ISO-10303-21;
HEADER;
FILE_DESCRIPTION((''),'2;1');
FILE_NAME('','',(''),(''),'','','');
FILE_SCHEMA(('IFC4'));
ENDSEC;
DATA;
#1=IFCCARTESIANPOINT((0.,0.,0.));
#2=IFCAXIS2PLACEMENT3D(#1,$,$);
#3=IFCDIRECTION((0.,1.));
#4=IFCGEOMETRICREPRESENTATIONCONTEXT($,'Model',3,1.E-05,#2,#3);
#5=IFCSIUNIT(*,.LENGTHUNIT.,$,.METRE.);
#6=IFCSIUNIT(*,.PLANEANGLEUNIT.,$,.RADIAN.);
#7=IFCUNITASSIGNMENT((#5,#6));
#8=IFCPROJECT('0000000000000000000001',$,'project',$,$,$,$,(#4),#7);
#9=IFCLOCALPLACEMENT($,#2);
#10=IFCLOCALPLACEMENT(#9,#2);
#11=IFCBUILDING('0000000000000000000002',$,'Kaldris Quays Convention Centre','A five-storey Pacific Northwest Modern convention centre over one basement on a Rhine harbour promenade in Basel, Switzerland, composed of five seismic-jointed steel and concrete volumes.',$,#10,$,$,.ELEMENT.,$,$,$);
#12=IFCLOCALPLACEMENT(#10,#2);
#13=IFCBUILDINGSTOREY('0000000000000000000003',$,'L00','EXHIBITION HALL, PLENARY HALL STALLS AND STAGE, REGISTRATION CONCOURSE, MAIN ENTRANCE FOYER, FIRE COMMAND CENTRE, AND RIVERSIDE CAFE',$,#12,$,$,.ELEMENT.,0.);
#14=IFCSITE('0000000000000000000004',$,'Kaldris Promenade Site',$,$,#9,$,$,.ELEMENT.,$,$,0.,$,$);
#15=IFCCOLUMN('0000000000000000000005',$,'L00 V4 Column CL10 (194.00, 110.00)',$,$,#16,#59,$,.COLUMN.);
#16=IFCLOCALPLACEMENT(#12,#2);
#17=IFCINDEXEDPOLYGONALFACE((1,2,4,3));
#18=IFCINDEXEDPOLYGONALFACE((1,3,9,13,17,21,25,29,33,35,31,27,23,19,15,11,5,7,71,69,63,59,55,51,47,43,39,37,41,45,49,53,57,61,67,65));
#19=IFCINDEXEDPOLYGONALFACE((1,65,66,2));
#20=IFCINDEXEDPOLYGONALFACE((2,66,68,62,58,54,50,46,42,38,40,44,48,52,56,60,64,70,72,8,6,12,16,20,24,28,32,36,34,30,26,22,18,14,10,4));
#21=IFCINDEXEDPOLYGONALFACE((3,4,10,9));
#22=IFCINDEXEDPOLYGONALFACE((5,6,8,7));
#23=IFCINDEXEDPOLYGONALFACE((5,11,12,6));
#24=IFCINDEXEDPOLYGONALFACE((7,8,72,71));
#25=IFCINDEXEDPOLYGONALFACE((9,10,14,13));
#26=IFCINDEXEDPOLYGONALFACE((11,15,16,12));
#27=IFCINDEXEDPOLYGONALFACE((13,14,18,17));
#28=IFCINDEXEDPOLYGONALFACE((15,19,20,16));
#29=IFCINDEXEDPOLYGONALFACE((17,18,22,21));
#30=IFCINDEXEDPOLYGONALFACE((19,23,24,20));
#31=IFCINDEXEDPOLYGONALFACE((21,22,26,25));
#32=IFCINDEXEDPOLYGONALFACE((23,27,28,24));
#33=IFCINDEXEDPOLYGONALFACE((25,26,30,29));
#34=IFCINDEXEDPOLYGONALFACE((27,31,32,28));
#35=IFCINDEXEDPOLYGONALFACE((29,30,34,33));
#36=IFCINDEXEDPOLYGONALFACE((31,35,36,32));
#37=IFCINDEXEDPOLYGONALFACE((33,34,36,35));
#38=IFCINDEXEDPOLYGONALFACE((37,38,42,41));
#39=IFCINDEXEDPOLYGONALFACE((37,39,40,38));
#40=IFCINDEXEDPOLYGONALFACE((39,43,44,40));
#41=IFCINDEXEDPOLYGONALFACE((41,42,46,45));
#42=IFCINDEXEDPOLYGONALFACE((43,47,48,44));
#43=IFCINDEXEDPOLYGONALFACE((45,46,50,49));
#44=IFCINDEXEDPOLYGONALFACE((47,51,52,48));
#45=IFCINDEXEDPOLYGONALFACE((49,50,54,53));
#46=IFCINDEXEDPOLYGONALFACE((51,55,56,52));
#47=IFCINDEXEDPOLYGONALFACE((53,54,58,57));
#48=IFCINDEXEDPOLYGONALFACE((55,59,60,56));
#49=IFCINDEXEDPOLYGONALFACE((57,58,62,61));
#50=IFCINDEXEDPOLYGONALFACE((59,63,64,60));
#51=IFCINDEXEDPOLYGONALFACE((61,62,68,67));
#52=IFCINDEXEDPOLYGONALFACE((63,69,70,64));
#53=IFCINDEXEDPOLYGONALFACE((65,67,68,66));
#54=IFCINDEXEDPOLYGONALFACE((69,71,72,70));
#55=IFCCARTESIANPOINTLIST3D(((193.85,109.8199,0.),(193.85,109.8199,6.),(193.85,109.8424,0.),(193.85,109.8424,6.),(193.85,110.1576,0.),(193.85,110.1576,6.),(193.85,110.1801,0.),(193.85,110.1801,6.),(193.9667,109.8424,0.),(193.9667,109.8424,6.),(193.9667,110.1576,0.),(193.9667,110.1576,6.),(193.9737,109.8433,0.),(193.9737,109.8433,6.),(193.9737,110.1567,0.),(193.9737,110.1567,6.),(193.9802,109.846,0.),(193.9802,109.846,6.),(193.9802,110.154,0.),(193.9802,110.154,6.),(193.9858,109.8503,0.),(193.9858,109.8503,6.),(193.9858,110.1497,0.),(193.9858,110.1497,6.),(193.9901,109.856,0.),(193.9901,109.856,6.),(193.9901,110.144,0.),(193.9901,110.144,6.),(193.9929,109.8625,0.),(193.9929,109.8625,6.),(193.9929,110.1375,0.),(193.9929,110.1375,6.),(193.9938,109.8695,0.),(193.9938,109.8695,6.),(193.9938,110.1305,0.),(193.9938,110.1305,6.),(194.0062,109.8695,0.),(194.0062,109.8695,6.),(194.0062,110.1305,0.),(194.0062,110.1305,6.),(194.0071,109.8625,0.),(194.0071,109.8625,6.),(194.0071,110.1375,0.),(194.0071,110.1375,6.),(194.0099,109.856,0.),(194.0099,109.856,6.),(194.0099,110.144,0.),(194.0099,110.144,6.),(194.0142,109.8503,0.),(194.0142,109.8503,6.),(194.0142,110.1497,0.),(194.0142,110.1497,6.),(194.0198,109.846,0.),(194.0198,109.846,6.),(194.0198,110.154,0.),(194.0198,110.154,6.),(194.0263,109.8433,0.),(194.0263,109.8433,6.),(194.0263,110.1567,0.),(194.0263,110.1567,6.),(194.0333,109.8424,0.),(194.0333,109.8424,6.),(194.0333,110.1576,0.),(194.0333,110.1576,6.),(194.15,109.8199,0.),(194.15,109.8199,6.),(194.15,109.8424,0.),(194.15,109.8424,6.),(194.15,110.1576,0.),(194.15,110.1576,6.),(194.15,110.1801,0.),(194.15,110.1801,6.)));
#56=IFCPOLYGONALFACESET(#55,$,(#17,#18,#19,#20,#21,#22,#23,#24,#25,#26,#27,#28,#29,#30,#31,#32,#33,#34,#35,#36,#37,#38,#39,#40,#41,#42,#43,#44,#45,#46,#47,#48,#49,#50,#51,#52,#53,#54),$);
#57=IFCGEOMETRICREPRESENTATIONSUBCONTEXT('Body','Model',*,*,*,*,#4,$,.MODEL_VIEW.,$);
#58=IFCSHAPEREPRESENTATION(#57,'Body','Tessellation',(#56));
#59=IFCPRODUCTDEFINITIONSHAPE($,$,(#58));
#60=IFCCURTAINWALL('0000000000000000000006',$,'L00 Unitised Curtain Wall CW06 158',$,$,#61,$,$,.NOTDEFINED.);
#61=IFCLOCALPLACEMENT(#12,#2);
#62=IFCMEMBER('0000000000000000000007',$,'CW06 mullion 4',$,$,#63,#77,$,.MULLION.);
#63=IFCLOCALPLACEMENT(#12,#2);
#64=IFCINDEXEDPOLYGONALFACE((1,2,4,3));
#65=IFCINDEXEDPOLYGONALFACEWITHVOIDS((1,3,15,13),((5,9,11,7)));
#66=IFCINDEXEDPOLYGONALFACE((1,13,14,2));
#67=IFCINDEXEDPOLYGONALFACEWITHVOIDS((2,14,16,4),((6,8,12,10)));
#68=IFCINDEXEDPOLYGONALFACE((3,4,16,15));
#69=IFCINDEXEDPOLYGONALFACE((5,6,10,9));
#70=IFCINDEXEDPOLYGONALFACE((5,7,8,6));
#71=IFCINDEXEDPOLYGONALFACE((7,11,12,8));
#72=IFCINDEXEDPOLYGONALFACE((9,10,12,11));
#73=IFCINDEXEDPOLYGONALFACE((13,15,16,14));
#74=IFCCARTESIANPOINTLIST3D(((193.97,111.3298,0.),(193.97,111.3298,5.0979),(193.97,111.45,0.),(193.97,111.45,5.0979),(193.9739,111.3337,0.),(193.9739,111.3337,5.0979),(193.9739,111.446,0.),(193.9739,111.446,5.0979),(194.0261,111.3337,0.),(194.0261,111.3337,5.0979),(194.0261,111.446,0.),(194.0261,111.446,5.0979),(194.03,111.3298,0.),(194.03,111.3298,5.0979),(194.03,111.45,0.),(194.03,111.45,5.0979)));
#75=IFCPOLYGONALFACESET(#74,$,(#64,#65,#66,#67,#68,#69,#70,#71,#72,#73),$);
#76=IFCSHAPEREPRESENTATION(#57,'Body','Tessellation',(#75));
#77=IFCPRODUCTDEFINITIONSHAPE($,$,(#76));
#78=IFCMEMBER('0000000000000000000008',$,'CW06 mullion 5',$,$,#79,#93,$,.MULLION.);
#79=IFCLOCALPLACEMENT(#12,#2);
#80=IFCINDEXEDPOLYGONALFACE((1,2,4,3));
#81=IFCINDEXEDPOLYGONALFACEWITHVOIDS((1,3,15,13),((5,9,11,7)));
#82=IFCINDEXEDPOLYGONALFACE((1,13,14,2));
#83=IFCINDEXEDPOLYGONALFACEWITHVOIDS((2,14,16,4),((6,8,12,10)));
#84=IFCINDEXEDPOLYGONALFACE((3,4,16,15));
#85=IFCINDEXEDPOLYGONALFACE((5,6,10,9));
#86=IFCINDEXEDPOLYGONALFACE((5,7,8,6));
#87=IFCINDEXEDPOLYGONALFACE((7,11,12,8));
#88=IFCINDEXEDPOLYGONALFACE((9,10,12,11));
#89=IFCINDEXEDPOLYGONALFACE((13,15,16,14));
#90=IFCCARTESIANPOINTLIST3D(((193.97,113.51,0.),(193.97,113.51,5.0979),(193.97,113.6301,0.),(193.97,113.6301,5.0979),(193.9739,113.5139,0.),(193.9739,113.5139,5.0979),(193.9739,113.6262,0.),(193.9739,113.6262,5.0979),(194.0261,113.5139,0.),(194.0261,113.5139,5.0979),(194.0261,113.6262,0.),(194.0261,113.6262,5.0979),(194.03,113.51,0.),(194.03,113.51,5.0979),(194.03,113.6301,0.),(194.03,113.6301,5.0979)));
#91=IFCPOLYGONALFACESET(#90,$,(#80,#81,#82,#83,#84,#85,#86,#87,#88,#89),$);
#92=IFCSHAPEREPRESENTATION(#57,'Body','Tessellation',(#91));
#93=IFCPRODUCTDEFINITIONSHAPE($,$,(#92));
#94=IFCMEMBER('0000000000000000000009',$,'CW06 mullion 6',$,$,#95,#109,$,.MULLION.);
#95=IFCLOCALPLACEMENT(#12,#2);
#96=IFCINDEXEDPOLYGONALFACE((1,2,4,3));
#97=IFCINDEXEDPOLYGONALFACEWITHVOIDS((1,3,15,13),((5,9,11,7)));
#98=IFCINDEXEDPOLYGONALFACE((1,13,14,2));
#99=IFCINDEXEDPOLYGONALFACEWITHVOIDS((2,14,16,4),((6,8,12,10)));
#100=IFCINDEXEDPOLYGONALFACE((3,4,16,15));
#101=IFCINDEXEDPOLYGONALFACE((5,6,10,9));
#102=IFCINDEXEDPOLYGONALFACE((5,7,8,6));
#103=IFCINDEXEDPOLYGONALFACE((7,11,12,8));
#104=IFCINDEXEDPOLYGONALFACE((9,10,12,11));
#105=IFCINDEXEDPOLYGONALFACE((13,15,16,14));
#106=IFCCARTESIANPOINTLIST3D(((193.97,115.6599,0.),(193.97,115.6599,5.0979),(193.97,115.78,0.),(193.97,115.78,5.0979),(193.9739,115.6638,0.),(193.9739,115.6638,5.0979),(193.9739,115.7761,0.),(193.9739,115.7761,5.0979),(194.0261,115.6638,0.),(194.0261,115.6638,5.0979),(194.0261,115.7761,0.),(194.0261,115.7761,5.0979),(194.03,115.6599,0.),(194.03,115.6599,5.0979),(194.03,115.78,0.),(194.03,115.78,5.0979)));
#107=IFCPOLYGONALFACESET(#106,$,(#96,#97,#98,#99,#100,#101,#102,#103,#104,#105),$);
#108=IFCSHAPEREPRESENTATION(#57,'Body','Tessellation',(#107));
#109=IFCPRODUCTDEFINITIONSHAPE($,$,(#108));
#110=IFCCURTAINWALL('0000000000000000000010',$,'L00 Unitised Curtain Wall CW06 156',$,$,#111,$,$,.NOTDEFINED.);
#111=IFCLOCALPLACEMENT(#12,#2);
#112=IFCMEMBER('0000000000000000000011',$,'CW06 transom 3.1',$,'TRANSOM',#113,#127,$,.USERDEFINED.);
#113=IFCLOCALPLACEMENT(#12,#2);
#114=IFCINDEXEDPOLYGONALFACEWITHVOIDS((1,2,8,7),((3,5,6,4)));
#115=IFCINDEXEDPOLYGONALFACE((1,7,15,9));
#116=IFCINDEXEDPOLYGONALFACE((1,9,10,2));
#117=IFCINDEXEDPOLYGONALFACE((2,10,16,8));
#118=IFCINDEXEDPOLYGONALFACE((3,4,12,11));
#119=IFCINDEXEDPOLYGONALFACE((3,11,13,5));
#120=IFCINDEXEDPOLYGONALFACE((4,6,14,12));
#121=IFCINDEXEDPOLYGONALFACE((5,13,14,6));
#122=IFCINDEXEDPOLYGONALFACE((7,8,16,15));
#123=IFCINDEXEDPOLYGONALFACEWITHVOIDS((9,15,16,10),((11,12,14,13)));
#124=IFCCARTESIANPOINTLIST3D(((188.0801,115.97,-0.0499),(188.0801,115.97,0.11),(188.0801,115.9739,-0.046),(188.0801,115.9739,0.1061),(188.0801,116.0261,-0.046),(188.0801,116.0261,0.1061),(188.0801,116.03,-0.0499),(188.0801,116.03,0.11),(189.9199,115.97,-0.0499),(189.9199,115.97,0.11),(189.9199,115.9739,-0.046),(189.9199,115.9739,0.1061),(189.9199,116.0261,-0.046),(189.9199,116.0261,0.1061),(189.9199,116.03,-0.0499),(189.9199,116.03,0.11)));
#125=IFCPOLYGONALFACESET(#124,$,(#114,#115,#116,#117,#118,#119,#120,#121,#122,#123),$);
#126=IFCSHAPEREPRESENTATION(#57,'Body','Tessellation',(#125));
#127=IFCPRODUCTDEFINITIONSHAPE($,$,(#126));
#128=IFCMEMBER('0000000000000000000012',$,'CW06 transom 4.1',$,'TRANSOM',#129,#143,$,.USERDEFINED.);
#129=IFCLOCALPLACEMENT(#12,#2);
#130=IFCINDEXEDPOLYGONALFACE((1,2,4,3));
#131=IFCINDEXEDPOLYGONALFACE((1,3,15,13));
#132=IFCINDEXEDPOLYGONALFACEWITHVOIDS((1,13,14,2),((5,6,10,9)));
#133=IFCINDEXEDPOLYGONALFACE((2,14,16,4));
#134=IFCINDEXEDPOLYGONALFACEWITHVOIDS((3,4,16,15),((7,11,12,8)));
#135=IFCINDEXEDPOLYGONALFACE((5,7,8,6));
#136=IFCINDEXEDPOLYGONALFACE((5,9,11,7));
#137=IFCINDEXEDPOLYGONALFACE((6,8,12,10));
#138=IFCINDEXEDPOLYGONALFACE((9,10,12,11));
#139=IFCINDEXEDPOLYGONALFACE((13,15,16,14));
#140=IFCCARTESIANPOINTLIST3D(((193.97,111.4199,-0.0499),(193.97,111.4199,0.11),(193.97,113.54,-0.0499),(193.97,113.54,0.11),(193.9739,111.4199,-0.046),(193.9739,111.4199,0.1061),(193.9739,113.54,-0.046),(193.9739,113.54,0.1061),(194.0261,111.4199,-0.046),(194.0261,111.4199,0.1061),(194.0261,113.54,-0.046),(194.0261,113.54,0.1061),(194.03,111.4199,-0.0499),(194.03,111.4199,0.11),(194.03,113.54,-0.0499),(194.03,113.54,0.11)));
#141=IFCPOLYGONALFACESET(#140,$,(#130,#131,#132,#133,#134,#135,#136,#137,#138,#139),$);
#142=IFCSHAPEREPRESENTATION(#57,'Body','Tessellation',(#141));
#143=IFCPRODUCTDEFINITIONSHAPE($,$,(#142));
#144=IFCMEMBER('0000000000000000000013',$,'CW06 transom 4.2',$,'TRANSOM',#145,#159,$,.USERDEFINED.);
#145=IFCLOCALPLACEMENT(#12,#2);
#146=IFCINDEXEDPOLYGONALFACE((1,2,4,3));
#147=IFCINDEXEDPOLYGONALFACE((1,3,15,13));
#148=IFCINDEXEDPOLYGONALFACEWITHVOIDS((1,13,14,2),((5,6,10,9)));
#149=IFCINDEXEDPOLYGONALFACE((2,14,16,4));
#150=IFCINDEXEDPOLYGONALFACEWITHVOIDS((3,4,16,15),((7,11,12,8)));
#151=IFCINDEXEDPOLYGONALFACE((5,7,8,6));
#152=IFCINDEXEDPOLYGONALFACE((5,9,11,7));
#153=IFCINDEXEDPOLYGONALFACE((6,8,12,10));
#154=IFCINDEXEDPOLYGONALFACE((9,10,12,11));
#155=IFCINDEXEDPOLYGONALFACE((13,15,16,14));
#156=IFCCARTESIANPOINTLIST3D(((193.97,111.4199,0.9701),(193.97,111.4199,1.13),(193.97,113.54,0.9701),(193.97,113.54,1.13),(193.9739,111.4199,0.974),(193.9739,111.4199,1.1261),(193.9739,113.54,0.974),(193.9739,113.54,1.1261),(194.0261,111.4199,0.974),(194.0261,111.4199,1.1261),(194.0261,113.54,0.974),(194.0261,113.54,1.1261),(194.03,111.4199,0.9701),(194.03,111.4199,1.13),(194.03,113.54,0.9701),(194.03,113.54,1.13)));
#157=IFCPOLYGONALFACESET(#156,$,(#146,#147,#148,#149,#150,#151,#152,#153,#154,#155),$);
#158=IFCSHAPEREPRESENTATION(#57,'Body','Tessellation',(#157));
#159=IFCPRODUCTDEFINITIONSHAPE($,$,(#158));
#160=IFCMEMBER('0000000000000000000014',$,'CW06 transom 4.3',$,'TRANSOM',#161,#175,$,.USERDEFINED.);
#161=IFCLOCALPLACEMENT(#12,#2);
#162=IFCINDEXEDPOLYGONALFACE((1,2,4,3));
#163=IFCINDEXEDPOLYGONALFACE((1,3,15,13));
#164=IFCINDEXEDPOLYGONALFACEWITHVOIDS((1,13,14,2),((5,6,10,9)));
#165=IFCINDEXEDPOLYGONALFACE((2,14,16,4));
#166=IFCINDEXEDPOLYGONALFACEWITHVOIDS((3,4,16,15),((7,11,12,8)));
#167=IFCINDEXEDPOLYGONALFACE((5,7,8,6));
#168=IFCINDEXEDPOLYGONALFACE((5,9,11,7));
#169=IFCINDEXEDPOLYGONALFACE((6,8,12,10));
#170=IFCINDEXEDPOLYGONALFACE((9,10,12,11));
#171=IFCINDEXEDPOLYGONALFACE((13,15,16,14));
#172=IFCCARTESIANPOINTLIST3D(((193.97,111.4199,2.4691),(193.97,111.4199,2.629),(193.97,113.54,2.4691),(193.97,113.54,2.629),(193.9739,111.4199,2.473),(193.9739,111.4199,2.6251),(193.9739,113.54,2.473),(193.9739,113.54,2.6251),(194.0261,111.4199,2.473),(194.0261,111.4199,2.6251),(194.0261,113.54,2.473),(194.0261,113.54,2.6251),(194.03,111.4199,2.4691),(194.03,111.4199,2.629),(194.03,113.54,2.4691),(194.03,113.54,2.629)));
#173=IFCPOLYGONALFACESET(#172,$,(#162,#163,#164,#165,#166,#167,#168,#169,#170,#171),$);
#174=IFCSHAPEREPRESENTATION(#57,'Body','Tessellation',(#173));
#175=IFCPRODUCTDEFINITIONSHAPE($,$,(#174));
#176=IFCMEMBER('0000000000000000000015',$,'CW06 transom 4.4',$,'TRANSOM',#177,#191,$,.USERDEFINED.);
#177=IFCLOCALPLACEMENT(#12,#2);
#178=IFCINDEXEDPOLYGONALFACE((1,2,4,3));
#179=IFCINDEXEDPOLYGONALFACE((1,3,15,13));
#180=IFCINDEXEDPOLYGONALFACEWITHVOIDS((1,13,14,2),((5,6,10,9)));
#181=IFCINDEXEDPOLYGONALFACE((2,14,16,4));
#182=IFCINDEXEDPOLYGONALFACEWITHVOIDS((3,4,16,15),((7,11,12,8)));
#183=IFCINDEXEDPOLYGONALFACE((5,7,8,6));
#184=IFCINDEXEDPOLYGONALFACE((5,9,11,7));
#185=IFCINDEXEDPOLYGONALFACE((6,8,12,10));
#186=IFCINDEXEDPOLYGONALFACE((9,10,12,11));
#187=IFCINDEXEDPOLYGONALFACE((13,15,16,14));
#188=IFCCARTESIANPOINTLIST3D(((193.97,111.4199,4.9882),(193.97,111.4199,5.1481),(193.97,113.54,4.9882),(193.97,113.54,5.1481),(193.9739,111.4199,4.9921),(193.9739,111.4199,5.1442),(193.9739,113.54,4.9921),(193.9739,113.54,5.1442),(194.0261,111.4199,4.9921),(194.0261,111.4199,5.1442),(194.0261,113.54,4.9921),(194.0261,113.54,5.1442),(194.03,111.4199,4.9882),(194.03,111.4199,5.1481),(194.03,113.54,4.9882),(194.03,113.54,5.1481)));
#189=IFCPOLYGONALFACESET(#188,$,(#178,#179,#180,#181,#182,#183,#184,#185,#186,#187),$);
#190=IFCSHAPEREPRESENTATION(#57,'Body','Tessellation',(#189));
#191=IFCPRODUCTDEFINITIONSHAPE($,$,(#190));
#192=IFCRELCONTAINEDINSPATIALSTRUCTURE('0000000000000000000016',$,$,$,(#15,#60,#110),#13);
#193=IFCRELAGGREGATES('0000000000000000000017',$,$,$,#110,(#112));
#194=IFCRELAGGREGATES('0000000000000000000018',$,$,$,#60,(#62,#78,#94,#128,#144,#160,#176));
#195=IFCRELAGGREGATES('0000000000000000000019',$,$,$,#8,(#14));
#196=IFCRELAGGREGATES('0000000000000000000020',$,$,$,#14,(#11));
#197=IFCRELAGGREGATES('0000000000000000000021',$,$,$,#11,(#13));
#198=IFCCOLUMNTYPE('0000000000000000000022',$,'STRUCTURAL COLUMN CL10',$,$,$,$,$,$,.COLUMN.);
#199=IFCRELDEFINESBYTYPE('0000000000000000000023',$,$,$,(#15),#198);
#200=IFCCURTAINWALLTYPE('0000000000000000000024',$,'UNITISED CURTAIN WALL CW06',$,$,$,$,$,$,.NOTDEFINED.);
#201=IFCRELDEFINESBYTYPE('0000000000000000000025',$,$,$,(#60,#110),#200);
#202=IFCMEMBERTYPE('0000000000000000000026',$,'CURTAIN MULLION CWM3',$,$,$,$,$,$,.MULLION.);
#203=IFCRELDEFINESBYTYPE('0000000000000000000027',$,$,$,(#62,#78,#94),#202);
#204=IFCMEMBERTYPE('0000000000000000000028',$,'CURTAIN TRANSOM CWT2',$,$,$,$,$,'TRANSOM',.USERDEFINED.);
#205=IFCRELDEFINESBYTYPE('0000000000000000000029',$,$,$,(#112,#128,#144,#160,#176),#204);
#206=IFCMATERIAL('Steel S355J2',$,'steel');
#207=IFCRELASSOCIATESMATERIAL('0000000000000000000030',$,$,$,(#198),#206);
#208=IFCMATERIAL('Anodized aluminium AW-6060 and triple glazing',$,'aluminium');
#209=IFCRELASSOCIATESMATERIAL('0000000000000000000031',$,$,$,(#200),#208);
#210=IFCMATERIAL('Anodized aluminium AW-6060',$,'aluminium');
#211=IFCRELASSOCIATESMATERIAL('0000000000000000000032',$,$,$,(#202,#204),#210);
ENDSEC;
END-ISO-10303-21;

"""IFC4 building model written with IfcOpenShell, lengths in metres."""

from ifc_helpers import new_model, si_unit, direction, frame, origin, origin_2d, place, context, subcontext, project, spatial, hollow_rectangle, i_section, extrude, material, material_profile, profile_set, type_object, element, aggregate, save


model = new_model("IFC4")

# Units and contexts
model_context = context("Model", 3, precision=1e-05, world=origin(), true_north=direction((0.0, 1.0)))
body_context = subcontext(model_context, "Body", "Model", "MODEL_VIEW")
ifc_project = project(units=[si_unit("LENGTHUNIT", "METRE"), si_unit("PLANEANGLEUNIT", "RADIAN")], contexts=[model_context])

# Site, building, storey
site_placement = place(None, origin())
site = spatial("IfcSite", under=ifc_project, at=site_placement, Name="Kaldris Promenade Site", CompositionType="ELEMENT", RefElevation=0.0)
building_placement = place(site_placement, origin())
building = spatial("IfcBuilding", under=site, at=building_placement, Name="Kaldris Quays Convention Centre", Description="A five-storey Pacific Northwest Modern convention centre over one basement on a Rhine harbour promenade in Basel, Switzerland, composed of five seismic-jointed steel and concrete volumes.", CompositionType="ELEMENT")
storey_placement = place(building_placement, origin())
storey = spatial("IfcBuildingStorey", under=building, at=storey_placement, Name="L00", Description="EXHIBITION HALL, PLENARY HALL STALLS AND STAGE, REGISTRATION CONCOURSE, MAIN ENTRANCE FOYER, FIRE COMMAND CENTRE, AND RIVERSIDE CAFE", CompositionType="ELEMENT", Elevation=0.0)

# Column
ifc_material_1 = material(Name="Steel S355J2", Category="steel")
ifc_material_profile_1 = material_profile(ifc_material_1, i_section(OverallWidth=0.3, OverallDepth=0.3601, WebThickness=0.0125, FlangeThickness=0.0225, FilletRadius=0.0271, at=origin_2d()), Name="HEB 360")
ifc_profile_set_1 = profile_set([ifc_material_profile_1], Name="Steel S355J2")
column_type = type_object("IfcColumnType", Name="STRUCTURAL COLUMN CL10", PredefinedType="COLUMN", material=ifc_profile_set_1)
column_placement = place(storey_placement, frame((194.0, 110.0, 0.0), z_axis=(0.0, 0.0, 1.0), x_axis=(1.0, 0.0, 0.0)))
element("IfcColumn", 1, at=column_placement, inside=storey, type_object=column_type, Name="L00 V4 Column CL10 (194.00, 110.00)", PredefinedType="COLUMN", context=body_context, shape_type="SweptSolid", body=[
    extrude(i_section(OverallWidth=0.3, OverallDepth=0.3601, WebThickness=0.0125, FlangeThickness=0.0225, FilletRadius=0.0271, at=origin_2d()), origin(), (0.0, 0.0, 1.0), 6.0),
])

# Curtain wall, members
ifc_material_2 = material(Name="Anodized aluminium AW-6060 and triple glazing", Category="aluminium")
curtain_wall_type = type_object("IfcCurtainWallType", Name="UNITISED CURTAIN WALL CW06", PredefinedType="NOTDEFINED", material=ifc_material_2)
curtain_wall_1_placement = place(storey_placement, origin())
curtain_wall_1 = element("IfcCurtainWall", 2, at=curtain_wall_1_placement, inside=storey, type_object=curtain_wall_type, Name="L00 Unitised Curtain Wall CW06 158", PredefinedType="NOTDEFINED")
ifc_material_3 = material(Name="Anodized aluminium AW-6060", Category="aluminium")
ifc_material_profile_2 = material_profile(ifc_material_3, hollow_rectangle(XDim=0.0601, YDim=0.1201, WallThickness=0.0039, at=origin_2d()), Name="RHS 120x60x4")
ifc_profile_set_2 = profile_set([ifc_material_profile_2], Name="Anodized aluminium AW-6060")
member_type_1 = type_object("IfcMemberType", Name="CURTAIN MULLION CWM3", PredefinedType="MULLION", material=ifc_profile_set_2)
member_1_placement = place(storey_placement, frame((194.0, 111.3899, 0.0), z_axis=(0.0, 0.0, 1.0), x_axis=(-1.0, 0.0, 0.0)))
member_1 = element("IfcMember", 3, at=member_1_placement, type_object=member_type_1, Name="CW06 mullion 4", PredefinedType="MULLION", context=body_context, shape_type="SweptSolid", body=[
    extrude(hollow_rectangle(XDim=0.0601, YDim=0.1201, WallThickness=0.0039, at=origin_2d()), origin(), (0.0, 0.0, 1.0), 5.0979),
])
member_2_placement = place(storey_placement, frame((194.0, 113.5701, 0.0), z_axis=(0.0, 0.0, 1.0), x_axis=(-1.0, 0.0, 0.0)))
member_2 = element("IfcMember", 4, at=member_2_placement, type_object=member_type_1, Name="CW06 mullion 5", PredefinedType="MULLION", context=body_context, shape_type="SweptSolid", body=[
    extrude(hollow_rectangle(XDim=0.0601, YDim=0.1201, WallThickness=0.0039, at=origin_2d()), origin(), (0.0, 0.0, 1.0), 5.0979),
])
member_3_placement = place(storey_placement, frame((194.0, 115.72, 0.0), z_axis=(0.0, 0.0, 1.0), x_axis=(-1.0, 0.0, 0.0)))
member_3 = element("IfcMember", 5, at=member_3_placement, type_object=member_type_1, Name="CW06 mullion 6", PredefinedType="MULLION", context=body_context, shape_type="SweptSolid", body=[
    extrude(hollow_rectangle(XDim=0.0601, YDim=0.1201, WallThickness=0.0039, at=origin_2d()), origin(), (0.0, 0.0, 1.0), 5.0979),
])

# Curtain wall, member
curtain_wall_2_placement = place(storey_placement, origin())
curtain_wall_2 = element("IfcCurtainWall", 6, at=curtain_wall_2_placement, inside=storey, type_object=curtain_wall_type, Name="L00 Unitised Curtain Wall CW06 156", PredefinedType="NOTDEFINED")
ifc_material_profile_3 = material_profile(ifc_material_3, hollow_rectangle(XDim=0.0601, YDim=0.1599, WallThickness=0.0039, at=origin_2d()), Name="RHS 160x60x4")
ifc_profile_set_3 = profile_set([ifc_material_profile_3], Name="Anodized aluminium AW-6060")
member_type_2 = type_object("IfcMemberType", Name="CURTAIN TRANSOM CWT2", ElementType="TRANSOM", PredefinedType="USERDEFINED", material=ifc_profile_set_3)
member_4_placement = place(storey_placement, frame((188.0801, 116.0, 0.03), z_axis=(1.0, 0.0, 0.0), x_axis=(0.0, 1.0, 0.0)))
member_4 = element("IfcMember", 7, at=member_4_placement, type_object=member_type_2, Name="CW06 transom 3.1", ObjectType="TRANSOM", PredefinedType="USERDEFINED", context=body_context, shape_type="SweptSolid", body=[
    extrude(hollow_rectangle(XDim=0.0601, YDim=0.1599, WallThickness=0.0039, at=origin_2d()), origin(), (0.0, 0.0, 1.0), 1.8398),
])
aggregate(curtain_wall_2, [member_4])

# Members
member_5_placement = place(storey_placement, frame((194.0, 111.4199, 0.03), z_axis=(0.0, 1.0, 0.0), x_axis=(-1.0, 0.0, 0.0)))
member_5 = element("IfcMember", 8, at=member_5_placement, type_object=member_type_2, Name="CW06 transom 4.1", ObjectType="TRANSOM", PredefinedType="USERDEFINED", context=body_context, shape_type="SweptSolid", body=[
    extrude(hollow_rectangle(XDim=0.0601, YDim=0.1599, WallThickness=0.0039, at=origin_2d()), origin(), (0.0, 0.0, 1.0), 2.1201),
])
member_6_placement = place(storey_placement, frame((194.0, 111.4199, 1.05), z_axis=(0.0, 1.0, 0.0), x_axis=(-1.0, 0.0, 0.0)))
member_6 = element("IfcMember", 9, at=member_6_placement, type_object=member_type_2, Name="CW06 transom 4.2", ObjectType="TRANSOM", PredefinedType="USERDEFINED", context=body_context, shape_type="SweptSolid", body=[
    extrude(hollow_rectangle(XDim=0.0601, YDim=0.1599, WallThickness=0.0039, at=origin_2d()), origin(), (0.0, 0.0, 1.0), 2.1201),
])
member_7_placement = place(storey_placement, frame((194.0, 111.4199, 2.5491), z_axis=(0.0, 1.0, 0.0), x_axis=(-1.0, 0.0, 0.0)))
member_7 = element("IfcMember", 10, at=member_7_placement, type_object=member_type_2, Name="CW06 transom 4.3", ObjectType="TRANSOM", PredefinedType="USERDEFINED", context=body_context, shape_type="SweptSolid", body=[
    extrude(hollow_rectangle(XDim=0.0601, YDim=0.1599, WallThickness=0.0039, at=origin_2d()), origin(), (0.0, 0.0, 1.0), 2.1201),
])
member_8_placement = place(storey_placement, frame((194.0, 111.4199, 5.0681), z_axis=(0.0, 1.0, 0.0), x_axis=(-1.0, 0.0, 0.0)))
member_8 = element("IfcMember", 11, at=member_8_placement, type_object=member_type_2, Name="CW06 transom 4.4", ObjectType="TRANSOM", PredefinedType="USERDEFINED", context=body_context, shape_type="SweptSolid", body=[
    extrude(hollow_rectangle(XDim=0.0601, YDim=0.1599, WallThickness=0.0039, at=origin_2d()), origin(), (0.0, 0.0, 1.0), 2.1201),
])

aggregate(curtain_wall_1, [member_1, member_2, member_3, member_5, member_6, member_7, member_8])

save(model, "model.ifc")
